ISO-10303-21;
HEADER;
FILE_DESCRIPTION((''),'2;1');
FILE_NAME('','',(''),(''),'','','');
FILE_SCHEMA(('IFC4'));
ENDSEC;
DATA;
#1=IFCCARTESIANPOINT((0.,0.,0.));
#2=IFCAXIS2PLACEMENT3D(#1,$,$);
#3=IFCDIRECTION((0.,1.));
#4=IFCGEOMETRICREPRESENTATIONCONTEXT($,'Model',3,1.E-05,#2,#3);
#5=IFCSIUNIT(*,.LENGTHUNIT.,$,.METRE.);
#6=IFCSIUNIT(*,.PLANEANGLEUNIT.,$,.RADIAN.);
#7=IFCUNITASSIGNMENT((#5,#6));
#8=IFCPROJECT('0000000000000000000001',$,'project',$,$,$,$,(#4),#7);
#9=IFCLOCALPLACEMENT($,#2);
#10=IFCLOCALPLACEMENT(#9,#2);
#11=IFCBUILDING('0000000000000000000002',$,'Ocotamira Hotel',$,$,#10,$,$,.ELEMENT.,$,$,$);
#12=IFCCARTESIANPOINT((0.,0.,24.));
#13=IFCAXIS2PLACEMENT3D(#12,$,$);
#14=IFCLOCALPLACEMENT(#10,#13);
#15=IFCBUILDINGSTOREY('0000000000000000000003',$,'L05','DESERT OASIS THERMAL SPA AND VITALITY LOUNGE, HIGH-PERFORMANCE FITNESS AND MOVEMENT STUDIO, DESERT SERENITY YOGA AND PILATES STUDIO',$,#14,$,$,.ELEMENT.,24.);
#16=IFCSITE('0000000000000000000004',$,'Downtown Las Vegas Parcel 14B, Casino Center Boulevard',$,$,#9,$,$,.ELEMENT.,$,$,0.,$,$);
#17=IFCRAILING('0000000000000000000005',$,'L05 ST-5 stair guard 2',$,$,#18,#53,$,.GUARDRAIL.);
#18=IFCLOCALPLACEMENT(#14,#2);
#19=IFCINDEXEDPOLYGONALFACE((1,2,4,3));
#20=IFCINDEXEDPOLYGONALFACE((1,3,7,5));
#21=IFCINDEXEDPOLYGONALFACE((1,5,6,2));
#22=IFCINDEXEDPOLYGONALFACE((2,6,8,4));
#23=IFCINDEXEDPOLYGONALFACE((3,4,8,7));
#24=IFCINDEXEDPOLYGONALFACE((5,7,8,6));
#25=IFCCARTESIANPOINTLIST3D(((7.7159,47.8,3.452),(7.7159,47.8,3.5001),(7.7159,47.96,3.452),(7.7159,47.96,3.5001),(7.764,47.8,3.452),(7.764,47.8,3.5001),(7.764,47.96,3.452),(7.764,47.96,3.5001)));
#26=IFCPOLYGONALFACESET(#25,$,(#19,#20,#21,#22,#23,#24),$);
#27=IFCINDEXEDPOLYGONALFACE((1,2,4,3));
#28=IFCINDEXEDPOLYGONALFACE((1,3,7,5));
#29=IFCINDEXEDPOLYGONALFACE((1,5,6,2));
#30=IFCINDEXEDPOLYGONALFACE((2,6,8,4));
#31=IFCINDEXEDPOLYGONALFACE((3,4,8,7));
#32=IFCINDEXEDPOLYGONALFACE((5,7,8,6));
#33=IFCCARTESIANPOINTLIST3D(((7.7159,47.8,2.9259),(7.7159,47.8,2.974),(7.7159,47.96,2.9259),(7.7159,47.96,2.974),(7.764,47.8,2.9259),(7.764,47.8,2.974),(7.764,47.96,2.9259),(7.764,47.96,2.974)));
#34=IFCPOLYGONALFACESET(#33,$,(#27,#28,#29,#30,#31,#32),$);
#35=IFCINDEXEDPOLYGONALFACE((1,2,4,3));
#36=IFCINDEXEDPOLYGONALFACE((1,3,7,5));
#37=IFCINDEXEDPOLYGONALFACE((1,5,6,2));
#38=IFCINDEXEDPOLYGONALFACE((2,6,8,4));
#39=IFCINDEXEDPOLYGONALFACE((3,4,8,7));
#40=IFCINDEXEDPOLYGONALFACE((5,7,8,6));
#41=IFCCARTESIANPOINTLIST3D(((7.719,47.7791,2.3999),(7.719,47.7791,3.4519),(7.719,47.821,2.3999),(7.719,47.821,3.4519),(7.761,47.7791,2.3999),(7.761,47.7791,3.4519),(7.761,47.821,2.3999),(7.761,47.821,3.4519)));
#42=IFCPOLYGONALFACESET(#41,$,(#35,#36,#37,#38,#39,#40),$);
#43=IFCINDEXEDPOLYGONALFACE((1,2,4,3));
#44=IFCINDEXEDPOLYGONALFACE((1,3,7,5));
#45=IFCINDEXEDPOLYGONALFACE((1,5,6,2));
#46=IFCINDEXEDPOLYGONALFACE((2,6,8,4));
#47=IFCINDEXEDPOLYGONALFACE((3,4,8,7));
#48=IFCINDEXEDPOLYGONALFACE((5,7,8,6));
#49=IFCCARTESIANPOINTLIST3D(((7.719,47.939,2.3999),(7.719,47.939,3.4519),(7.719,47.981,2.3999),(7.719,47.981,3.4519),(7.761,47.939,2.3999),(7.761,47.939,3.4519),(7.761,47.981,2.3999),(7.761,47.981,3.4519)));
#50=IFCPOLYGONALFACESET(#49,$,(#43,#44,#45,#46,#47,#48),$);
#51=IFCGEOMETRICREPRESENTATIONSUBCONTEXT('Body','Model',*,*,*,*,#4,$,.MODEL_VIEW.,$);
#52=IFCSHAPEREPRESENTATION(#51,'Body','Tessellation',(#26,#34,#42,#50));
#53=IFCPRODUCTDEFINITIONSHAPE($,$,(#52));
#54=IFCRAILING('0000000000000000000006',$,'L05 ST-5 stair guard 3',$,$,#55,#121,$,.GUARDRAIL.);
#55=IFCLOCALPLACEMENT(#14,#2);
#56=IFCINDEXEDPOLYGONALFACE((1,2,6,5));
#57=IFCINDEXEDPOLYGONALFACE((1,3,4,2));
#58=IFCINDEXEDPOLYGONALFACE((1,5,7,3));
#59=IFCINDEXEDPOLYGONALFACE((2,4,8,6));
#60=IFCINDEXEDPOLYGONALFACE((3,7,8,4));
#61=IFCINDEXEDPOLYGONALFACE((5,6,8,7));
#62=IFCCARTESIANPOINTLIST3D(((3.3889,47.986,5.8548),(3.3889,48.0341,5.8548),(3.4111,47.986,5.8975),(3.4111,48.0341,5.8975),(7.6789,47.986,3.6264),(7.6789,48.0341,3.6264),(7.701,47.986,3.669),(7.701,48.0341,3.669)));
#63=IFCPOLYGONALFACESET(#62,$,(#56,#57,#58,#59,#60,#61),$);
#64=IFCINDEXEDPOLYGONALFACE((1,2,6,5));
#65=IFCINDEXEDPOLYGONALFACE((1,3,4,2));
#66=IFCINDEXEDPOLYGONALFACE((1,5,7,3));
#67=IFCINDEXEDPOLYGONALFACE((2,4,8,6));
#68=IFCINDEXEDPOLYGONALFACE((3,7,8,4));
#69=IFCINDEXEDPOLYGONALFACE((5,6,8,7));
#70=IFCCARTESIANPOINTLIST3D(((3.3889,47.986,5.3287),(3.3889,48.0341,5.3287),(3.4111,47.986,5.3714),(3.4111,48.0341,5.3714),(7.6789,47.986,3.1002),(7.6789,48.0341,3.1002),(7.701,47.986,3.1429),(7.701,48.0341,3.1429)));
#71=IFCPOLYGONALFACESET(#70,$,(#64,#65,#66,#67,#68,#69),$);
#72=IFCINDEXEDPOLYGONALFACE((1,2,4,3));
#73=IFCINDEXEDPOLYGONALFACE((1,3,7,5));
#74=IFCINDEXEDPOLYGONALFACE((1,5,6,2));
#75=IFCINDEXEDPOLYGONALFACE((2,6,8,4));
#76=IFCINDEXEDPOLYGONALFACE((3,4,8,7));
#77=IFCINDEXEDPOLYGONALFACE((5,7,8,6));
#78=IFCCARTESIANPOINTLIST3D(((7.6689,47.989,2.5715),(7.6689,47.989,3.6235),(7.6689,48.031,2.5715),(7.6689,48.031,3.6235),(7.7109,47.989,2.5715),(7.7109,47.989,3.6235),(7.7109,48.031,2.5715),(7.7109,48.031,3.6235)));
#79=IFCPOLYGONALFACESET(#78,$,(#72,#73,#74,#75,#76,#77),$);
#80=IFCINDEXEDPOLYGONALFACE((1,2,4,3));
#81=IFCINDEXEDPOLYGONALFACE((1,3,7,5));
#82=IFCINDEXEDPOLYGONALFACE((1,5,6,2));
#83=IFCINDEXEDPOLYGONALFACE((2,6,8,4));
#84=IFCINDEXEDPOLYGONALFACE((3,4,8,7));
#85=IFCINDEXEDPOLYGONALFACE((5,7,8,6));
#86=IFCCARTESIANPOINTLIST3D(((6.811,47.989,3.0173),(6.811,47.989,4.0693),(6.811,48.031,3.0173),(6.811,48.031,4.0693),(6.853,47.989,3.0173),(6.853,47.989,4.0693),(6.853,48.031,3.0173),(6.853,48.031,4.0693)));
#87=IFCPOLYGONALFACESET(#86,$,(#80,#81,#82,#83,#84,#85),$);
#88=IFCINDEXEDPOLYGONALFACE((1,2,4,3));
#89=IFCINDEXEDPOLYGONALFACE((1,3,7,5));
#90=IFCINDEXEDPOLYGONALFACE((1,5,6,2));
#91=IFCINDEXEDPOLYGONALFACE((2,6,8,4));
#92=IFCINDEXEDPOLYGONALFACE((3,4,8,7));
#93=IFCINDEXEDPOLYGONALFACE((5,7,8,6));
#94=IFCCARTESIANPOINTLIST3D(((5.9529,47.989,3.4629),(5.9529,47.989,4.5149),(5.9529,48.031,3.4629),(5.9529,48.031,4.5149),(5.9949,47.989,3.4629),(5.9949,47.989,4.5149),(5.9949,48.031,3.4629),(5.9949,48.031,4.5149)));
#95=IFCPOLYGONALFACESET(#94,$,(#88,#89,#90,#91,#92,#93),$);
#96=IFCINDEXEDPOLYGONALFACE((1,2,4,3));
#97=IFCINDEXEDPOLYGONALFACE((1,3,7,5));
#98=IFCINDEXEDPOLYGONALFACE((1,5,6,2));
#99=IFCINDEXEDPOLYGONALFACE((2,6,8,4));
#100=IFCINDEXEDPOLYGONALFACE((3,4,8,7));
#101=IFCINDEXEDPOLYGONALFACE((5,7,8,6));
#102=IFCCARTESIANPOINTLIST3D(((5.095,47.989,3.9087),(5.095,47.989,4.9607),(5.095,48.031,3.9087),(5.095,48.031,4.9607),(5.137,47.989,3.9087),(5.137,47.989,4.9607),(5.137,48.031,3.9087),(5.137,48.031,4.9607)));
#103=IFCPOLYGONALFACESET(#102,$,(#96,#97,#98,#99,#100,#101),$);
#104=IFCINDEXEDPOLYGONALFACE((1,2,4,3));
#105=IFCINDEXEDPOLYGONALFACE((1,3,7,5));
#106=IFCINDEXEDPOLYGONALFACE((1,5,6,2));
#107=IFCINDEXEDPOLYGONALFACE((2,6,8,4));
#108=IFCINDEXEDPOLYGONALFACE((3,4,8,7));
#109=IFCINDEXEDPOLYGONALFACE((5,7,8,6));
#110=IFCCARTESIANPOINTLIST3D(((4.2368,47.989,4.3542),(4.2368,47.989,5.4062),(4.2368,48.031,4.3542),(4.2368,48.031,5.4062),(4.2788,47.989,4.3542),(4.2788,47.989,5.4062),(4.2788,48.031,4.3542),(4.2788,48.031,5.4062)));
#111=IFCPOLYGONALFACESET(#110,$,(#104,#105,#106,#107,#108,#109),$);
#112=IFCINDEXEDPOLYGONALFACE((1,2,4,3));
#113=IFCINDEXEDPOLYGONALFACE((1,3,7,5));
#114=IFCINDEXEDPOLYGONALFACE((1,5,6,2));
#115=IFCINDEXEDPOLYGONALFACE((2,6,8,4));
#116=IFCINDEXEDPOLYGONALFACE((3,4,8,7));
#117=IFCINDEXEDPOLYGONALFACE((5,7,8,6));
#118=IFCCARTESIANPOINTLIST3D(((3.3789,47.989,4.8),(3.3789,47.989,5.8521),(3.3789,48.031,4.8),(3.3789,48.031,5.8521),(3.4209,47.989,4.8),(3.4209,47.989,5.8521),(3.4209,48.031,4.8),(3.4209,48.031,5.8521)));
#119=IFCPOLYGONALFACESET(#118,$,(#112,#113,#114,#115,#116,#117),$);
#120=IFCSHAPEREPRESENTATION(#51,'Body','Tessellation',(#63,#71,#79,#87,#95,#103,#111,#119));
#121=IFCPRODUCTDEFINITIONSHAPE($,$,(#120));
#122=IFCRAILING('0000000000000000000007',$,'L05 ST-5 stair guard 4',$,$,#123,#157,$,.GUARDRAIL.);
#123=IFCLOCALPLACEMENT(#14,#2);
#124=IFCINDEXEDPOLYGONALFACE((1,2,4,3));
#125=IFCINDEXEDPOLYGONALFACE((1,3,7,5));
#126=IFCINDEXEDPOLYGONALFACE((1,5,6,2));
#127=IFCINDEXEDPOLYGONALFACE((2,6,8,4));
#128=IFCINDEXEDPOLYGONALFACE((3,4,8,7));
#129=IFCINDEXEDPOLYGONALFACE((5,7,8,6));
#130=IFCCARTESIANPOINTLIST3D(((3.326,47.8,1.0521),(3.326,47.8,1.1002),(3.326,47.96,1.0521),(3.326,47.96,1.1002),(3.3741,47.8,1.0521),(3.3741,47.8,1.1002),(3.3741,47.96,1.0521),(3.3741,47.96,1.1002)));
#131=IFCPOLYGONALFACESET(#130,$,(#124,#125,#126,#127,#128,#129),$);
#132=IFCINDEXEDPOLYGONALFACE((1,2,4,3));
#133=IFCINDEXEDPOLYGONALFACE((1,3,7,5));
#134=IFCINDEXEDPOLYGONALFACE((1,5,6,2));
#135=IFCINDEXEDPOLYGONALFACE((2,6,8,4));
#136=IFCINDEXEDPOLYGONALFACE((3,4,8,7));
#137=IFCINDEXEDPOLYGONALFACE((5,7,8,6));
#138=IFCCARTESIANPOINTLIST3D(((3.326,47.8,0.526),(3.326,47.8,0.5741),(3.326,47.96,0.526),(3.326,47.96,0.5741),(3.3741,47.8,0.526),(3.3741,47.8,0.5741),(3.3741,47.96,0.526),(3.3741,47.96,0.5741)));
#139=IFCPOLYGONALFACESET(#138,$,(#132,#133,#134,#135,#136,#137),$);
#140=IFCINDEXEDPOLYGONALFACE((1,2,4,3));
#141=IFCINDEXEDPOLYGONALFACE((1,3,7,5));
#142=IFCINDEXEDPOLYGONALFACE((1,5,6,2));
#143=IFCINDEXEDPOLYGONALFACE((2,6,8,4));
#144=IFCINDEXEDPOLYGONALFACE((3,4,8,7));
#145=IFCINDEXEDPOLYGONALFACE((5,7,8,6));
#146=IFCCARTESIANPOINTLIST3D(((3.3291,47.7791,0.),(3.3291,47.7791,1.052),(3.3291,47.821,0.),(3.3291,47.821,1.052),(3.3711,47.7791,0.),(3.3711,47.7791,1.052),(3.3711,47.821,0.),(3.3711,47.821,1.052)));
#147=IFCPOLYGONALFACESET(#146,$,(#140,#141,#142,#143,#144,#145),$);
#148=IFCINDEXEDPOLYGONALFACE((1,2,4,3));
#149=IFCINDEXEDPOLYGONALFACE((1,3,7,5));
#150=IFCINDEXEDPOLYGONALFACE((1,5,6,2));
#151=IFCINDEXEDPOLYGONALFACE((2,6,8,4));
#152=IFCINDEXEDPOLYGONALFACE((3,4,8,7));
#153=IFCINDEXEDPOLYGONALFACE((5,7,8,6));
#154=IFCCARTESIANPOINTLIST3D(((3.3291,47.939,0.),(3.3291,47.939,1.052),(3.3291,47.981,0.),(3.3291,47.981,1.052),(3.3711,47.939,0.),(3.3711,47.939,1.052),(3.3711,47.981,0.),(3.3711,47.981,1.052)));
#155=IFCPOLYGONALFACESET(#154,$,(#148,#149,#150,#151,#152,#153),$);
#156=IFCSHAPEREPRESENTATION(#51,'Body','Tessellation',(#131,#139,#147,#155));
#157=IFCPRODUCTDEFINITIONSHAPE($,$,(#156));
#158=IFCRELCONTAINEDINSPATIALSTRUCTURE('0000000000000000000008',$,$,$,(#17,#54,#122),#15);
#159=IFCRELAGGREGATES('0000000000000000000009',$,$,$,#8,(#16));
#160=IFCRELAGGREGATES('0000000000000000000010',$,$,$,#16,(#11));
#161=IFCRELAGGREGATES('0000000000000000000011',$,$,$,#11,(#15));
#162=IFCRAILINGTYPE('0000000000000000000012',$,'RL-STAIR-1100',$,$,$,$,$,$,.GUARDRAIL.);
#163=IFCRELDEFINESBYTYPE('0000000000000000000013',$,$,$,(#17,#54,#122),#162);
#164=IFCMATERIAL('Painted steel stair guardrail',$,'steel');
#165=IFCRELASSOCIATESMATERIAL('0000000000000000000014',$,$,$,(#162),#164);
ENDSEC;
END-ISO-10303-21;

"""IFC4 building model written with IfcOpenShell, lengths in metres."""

from ifc_helpers import new_model, si_unit, direction, frame, origin, origin_2d, place, context, subcontext, project, spatial, rectangle, extrude, material, type_object, element, save


model = new_model("IFC4")

# Units and contexts
model_context = context("Model", 3, precision=1e-05, world=origin(), true_north=direction((0.0, 1.0)))
body_context = subcontext(model_context, "Body", "Model", "MODEL_VIEW")
ifc_project = project(units=[si_unit("LENGTHUNIT", "METRE"), si_unit("PLANEANGLEUNIT", "RADIAN")], contexts=[model_context])

# Site, building, storey
site_placement = place(None, origin())
site = spatial("IfcSite", under=ifc_project, at=site_placement, Name="Downtown Las Vegas Parcel 14B, Casino Center Boulevard", CompositionType="ELEMENT", RefElevation=0.0)
building_placement = place(site_placement, origin())
building = spatial("IfcBuilding", under=site, at=building_placement, Name="Ocotamira Hotel", CompositionType="ELEMENT")
storey_placement = place(building_placement, frame((0.0, 0.0, 24.0)))
storey = spatial("IfcBuildingStorey", under=building, at=storey_placement, Name="L05", Description="DESERT OASIS THERMAL SPA AND VITALITY LOUNGE, HIGH-PERFORMANCE FITNESS AND MOVEMENT STUDIO, DESERT SERENITY YOGA AND PILATES STUDIO", CompositionType="ELEMENT", Elevation=24.0)

# Railings
ifc_material_1 = material(Name="Painted steel stair guardrail", Category="steel")
railing_type_1 = type_object("IfcRailingType", Name="RL-STAIR-1100", PredefinedType="GUARDRAIL", material=ifc_material_1)
railing_1_placement = place(storey_placement, frame((7.74, 47.8, 2.3999)))
element("IfcRailing", 1, at=railing_1_placement, inside=storey, type_object=railing_type_1, Name="L05 ST-5 stair guard 2", PredefinedType="GUARDRAIL", context=body_context, shape_type="SweptSolid", body=[
    extrude(rectangle(XDim=0.0481, YDim=0.0481, at=origin_2d()), frame((0.0, 0.0, 1.0762), z_axis=(0.0, 1.0, 0.0), x_axis=(-1.0, 0.0, 0.0)), (0.0, 0.0, 1.0), 0.1599),
    extrude(rectangle(XDim=0.0481, YDim=0.0481, at=origin_2d()), frame((0.0, 0.0, 0.55), z_axis=(0.0, 1.0, 0.0), x_axis=(-1.0, 0.0, 0.0)), (0.0, 0.0, 1.0), 0.1599),
    extrude(rectangle(XDim=0.042, YDim=0.042, at=origin_2d()), origin(), (0.0, 0.0, 1.0), 1.052),
    extrude(rectangle(XDim=0.042, YDim=0.042, at=origin_2d()), frame((0.0, 0.1599, 0.0)), (0.0, 0.0, 1.0), 1.052),
])
railing_2_placement = place(storey_placement, frame((7.6899, 48.01, 2.5715)))
element("IfcRailing", 2, at=railing_2_placement, inside=storey, type_object=railing_type_1, Name="L05 ST-5 stair guard 3", PredefinedType="GUARDRAIL", context=body_context, shape_type="SweptSolid", body=[
    extrude(rectangle(XDim=0.0481, YDim=0.0481, at=origin_2d()), frame((0.0, 0.0, 1.0762), z_axis=(-0.887412, 0.0, 0.460977), x_axis=(0.0, -1.0, 0.0)), (0.0, 0.0, 1.0), 4.8342),
    extrude(rectangle(XDim=0.0481, YDim=0.0481, at=origin_2d()), frame((0.0, 0.0, 0.55), z_axis=(-0.887412, 0.0, 0.460977), x_axis=(0.0, -1.0, 0.0)), (0.0, 0.0, 1.0), 4.8342),
    extrude(rectangle(XDim=0.042, YDim=0.042, at=origin_2d()), origin(), (0.0, 0.0, 1.0), 1.052),
    extrude(rectangle(XDim=0.042, YDim=0.042, at=origin_2d()), frame((-0.8579, 0.0, 0.4458)), (0.0, 0.0, 1.0), 1.052),
    extrude(rectangle(XDim=0.042, YDim=0.042, at=origin_2d()), frame((-1.7161, 0.0, 0.8914)), (0.0, 0.0, 1.0), 1.052),
    extrude(rectangle(XDim=0.042, YDim=0.042, at=origin_2d()), frame((-2.574, 0.0, 1.3372)), (0.0, 0.0, 1.0), 1.052),
    extrude(rectangle(XDim=0.042, YDim=0.042, at=origin_2d()), frame((-3.4321, 0.0, 1.7827)), (0.0, 0.0, 1.0), 1.052),
    extrude(rectangle(XDim=0.042, YDim=0.042, at=origin_2d()), frame((-4.29, 0.0, 2.2285)), (0.0, 0.0, 1.0), 1.052),
])
railing_3_placement = place(storey_placement, frame((3.3501, 47.8, 0.0)))
element("IfcRailing", 3, at=railing_3_placement, inside=storey, type_object=railing_type_1, Name="L05 ST-5 stair guard 4", PredefinedType="GUARDRAIL", context=body_context, shape_type="SweptSolid", body=[
    extrude(rectangle(XDim=0.0481, YDim=0.0481, at=origin_2d()), frame((0.0, 0.0, 1.0762), z_axis=(0.0, 1.0, 0.0), x_axis=(-1.0, 0.0, 0.0)), (0.0, 0.0, 1.0), 0.1599),
    extrude(rectangle(XDim=0.0481, YDim=0.0481, at=origin_2d()), frame((0.0, 0.0, 0.55), z_axis=(0.0, 1.0, 0.0), x_axis=(-1.0, 0.0, 0.0)), (0.0, 0.0, 1.0), 0.1599),
    extrude(rectangle(XDim=0.042, YDim=0.042, at=origin_2d()), origin(), (0.0, 0.0, 1.0), 1.052),
    extrude(rectangle(XDim=0.042, YDim=0.042, at=origin_2d()), frame((0.0, 0.1599, 0.0)), (0.0, 0.0, 1.0), 1.052),
])

save(model, "model.ifc")
